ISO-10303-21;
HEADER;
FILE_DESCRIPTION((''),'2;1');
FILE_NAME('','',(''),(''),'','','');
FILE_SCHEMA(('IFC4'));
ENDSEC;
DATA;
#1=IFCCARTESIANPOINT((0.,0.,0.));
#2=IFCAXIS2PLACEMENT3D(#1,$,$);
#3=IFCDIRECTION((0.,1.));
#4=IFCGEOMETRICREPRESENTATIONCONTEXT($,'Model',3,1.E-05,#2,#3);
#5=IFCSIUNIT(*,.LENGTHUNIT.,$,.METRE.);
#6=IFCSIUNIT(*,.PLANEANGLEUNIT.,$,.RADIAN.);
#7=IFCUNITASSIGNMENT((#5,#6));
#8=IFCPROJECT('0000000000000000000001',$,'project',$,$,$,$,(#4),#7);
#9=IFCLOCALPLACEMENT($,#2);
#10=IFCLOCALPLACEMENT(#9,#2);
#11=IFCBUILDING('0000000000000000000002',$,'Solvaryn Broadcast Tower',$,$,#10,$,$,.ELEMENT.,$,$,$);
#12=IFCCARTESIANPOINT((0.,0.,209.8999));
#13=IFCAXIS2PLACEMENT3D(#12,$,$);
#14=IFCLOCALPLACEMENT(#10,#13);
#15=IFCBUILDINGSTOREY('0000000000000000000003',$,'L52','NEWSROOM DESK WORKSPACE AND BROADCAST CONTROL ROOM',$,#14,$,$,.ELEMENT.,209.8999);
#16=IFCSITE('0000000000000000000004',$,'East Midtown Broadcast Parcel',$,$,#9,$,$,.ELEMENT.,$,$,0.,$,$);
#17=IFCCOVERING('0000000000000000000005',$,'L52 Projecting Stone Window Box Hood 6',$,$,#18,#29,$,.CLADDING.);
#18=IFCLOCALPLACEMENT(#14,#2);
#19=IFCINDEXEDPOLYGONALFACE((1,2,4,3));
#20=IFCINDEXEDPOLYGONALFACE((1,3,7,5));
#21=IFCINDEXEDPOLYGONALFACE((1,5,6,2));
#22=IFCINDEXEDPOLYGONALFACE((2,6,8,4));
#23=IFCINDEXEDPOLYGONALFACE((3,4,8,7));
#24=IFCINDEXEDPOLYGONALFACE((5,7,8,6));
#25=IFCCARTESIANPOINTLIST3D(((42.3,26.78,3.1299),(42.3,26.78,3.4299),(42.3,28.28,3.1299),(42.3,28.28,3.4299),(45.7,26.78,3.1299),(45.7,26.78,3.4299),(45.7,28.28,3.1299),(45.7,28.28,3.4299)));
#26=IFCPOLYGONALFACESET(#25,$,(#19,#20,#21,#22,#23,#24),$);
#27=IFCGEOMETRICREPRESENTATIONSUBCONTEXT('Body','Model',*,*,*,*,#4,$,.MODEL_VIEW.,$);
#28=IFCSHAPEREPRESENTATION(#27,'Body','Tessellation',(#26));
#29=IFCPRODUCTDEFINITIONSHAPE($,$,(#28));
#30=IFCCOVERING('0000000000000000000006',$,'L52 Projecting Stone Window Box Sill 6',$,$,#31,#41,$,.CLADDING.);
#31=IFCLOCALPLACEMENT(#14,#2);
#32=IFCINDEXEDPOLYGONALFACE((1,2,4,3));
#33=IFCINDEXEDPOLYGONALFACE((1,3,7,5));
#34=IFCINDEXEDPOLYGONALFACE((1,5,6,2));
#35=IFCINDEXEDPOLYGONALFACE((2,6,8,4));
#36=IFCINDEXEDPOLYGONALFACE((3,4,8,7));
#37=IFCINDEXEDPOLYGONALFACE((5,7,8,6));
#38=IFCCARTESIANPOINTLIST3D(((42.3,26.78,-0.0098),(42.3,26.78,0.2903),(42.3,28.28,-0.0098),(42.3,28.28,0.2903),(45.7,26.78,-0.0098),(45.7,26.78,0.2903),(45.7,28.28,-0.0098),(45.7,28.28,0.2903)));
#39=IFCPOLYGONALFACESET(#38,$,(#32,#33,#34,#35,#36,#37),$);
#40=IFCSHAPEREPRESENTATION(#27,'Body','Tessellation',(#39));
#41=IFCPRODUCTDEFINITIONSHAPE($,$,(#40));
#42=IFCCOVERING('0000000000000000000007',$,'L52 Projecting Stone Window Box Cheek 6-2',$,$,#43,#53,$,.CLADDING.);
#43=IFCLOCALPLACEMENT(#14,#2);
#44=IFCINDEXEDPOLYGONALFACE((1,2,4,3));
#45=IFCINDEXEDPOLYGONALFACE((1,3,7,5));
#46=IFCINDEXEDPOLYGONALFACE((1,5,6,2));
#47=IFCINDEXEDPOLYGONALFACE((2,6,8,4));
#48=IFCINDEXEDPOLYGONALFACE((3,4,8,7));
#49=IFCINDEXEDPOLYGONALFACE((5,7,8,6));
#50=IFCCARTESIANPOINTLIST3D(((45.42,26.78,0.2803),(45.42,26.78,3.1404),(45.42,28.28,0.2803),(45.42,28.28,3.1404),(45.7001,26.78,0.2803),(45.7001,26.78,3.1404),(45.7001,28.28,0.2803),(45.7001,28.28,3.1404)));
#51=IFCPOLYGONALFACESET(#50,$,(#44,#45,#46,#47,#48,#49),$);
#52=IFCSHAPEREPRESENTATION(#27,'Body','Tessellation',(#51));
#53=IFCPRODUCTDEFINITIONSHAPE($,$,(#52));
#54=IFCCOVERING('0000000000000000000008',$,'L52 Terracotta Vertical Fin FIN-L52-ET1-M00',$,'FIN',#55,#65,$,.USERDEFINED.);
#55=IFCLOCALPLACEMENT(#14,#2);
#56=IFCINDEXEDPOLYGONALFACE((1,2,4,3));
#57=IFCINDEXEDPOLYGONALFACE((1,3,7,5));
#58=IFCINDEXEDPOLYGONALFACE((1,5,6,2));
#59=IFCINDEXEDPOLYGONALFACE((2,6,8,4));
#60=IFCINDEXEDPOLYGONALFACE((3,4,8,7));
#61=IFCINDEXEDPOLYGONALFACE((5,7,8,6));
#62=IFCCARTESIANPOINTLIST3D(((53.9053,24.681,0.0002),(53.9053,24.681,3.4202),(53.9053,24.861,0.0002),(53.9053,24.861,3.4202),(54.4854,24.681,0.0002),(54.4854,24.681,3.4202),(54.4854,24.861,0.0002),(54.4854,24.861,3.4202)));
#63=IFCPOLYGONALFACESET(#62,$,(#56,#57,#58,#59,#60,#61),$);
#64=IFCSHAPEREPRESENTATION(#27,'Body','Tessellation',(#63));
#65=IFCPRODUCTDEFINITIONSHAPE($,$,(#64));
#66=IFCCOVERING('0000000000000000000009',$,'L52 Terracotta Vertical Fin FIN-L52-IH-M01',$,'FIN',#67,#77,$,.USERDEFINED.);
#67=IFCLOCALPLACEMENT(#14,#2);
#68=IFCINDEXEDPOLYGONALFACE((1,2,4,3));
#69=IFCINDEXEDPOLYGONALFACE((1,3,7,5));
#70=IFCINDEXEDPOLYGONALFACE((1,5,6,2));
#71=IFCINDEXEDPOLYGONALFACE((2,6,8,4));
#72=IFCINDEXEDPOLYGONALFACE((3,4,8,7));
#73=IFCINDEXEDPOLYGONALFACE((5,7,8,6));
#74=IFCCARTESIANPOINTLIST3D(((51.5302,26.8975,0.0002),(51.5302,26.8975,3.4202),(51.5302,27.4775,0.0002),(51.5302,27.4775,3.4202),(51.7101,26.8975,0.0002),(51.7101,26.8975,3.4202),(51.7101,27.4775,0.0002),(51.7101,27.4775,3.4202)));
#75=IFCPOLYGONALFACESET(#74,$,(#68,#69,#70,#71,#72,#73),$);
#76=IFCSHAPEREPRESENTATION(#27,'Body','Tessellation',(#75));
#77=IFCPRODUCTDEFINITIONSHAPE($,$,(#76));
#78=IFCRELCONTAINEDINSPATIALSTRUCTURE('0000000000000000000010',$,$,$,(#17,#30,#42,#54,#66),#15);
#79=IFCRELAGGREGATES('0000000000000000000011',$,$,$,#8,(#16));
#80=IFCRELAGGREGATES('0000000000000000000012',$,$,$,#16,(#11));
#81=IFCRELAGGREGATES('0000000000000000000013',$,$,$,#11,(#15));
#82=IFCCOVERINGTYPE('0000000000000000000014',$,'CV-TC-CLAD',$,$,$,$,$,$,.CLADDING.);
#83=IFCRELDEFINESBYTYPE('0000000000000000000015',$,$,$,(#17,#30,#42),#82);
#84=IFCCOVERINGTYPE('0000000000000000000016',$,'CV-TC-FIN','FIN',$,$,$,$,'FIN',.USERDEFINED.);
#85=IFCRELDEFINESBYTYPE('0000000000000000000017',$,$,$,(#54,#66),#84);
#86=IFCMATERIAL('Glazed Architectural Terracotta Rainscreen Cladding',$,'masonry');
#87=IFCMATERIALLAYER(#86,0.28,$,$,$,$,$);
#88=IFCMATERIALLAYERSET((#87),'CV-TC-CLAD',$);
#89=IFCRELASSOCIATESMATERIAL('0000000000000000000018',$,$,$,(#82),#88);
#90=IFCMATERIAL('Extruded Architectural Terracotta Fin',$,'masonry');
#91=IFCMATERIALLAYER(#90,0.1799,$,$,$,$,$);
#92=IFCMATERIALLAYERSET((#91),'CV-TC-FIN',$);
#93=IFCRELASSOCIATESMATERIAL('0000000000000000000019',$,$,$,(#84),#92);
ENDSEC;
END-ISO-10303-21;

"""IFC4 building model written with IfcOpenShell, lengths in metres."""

from ifc_helpers import new_model, si_unit, direction, frame, origin, origin_2d, place, context, subcontext, project, spatial, rectangle, extrude, material, layer, layer_set, type_object, element, save


model = new_model("IFC4")

# Units and contexts
model_context = context("Model", 3, precision=1e-05, world=origin(), true_north=direction((0.0, 1.0)))
body_context = subcontext(model_context, "Body", "Model", "MODEL_VIEW")
ifc_project = project(units=[si_unit("LENGTHUNIT", "METRE"), si_unit("PLANEANGLEUNIT", "RADIAN")], contexts=[model_context])

# Site, building, storey
site_placement = place(None, origin())
site = spatial("IfcSite", under=ifc_project, at=site_placement, Name="East Midtown Broadcast Parcel", CompositionType="ELEMENT", RefElevation=0.0)
building_placement = place(site_placement, origin())
building = spatial("IfcBuilding", under=site, at=building_placement, Name="Solvaryn Broadcast Tower", CompositionType="ELEMENT")
storey_placement = place(building_placement, frame((0.0, 0.0, 209.8999)))
storey = spatial("IfcBuildingStorey", under=building, at=storey_placement, Name="L52", Description="NEWSROOM DESK WORKSPACE AND BROADCAST CONTROL ROOM", CompositionType="ELEMENT", Elevation=209.8999)

# Coverings
ifc_material_1 = material(Name="Glazed Architectural Terracotta Rainscreen Cladding", Category="masonry")
ifc_layer_1 = layer(ifc_material_1, 0.28)
ifc_layer_set_1 = layer_set([ifc_layer_1], Name="CV-TC-CLAD")
covering_type_1 = type_object("IfcCoveringType", Name="CV-TC-CLAD", PredefinedType="CLADDING", material=ifc_layer_set_1)
for number, where, z_axis, x_axis, name in (
    (1, (44.0, 27.53, 3.1299), (0.0, 0.0, 1.0), (1.0, 0.0, 0.0), "L52 Projecting Stone Window Box Hood 6"),
    (2, (44.0, 27.53, -0.0098), (0.0, 0.0, 1.0), (1.0, 0.0, 0.0), "L52 Projecting Stone Window Box Sill 6"),
):
    element("IfcCovering", number, at=place(storey_placement, frame(where, z_axis=z_axis, x_axis=x_axis)), inside=storey, type_object=covering_type_1, Name=name, PredefinedType="CLADDING", context=body_context, shape_type="SweptSolid", body=[
        extrude(rectangle(XDim=3.3999, YDim=1.5, at=origin_2d()), origin(), (0.0, 0.0, 1.0), 0.3),
    ])
covering_1_placement = place(storey_placement, frame((45.5601, 27.53, 0.2803), z_axis=(0.0, 0.0, 1.0), x_axis=(1.0, 0.0, 0.0)))
element("IfcCovering", 3, at=covering_1_placement, inside=storey, type_object=covering_type_1, Name="L52 Projecting Stone Window Box Cheek 6-2", PredefinedType="CLADDING", context=body_context, shape_type="SweptSolid", body=[
    extrude(rectangle(XDim=0.28, YDim=1.5, at=origin_2d()), origin(), (0.0, 0.0, 1.0), 2.8601),
])
ifc_material_2 = material(Name="Extruded Architectural Terracotta Fin", Category="masonry")
ifc_layer_2 = layer(ifc_material_2, 0.1799)
ifc_layer_set_2 = layer_set([ifc_layer_2], Name="CV-TC-FIN")
covering_type_2 = type_object("IfcCoveringType", Name="CV-TC-FIN", Description="FIN", ElementType="FIN", PredefinedType="USERDEFINED", material=ifc_layer_set_2)
covering_2_placement = place(storey_placement, frame((54.1953, 24.771, 0.0002), z_axis=(0.0, 0.0, 1.0), x_axis=(1.0, 0.0, 0.0)))
element("IfcCovering", 4, at=covering_2_placement, inside=storey, type_object=covering_type_2, Name="L52 Terracotta Vertical Fin FIN-L52-ET1-M00", ObjectType="FIN", PredefinedType="USERDEFINED", context=body_context, shape_type="SweptSolid", body=[
    extrude(rectangle(XDim=0.5801, YDim=0.1799, at=origin_2d()), origin(), (0.0, 0.0, 1.0), 3.4199),
])
covering_3_placement = place(storey_placement, frame((51.6201, 27.1875, 0.0002), z_axis=(0.0, 0.0, 1.0), x_axis=(1.0, 0.0, 0.0)))
element("IfcCovering", 5, at=covering_3_placement, inside=storey, type_object=covering_type_2, Name="L52 Terracotta Vertical Fin FIN-L52-IH-M01", ObjectType="FIN", PredefinedType="USERDEFINED", context=body_context, shape_type="SweptSolid", body=[
    extrude(rectangle(XDim=0.1799, YDim=0.5801, at=origin_2d()), origin(), (0.0, 0.0, 1.0), 3.4199),
])

save(model, "model.ifc")
